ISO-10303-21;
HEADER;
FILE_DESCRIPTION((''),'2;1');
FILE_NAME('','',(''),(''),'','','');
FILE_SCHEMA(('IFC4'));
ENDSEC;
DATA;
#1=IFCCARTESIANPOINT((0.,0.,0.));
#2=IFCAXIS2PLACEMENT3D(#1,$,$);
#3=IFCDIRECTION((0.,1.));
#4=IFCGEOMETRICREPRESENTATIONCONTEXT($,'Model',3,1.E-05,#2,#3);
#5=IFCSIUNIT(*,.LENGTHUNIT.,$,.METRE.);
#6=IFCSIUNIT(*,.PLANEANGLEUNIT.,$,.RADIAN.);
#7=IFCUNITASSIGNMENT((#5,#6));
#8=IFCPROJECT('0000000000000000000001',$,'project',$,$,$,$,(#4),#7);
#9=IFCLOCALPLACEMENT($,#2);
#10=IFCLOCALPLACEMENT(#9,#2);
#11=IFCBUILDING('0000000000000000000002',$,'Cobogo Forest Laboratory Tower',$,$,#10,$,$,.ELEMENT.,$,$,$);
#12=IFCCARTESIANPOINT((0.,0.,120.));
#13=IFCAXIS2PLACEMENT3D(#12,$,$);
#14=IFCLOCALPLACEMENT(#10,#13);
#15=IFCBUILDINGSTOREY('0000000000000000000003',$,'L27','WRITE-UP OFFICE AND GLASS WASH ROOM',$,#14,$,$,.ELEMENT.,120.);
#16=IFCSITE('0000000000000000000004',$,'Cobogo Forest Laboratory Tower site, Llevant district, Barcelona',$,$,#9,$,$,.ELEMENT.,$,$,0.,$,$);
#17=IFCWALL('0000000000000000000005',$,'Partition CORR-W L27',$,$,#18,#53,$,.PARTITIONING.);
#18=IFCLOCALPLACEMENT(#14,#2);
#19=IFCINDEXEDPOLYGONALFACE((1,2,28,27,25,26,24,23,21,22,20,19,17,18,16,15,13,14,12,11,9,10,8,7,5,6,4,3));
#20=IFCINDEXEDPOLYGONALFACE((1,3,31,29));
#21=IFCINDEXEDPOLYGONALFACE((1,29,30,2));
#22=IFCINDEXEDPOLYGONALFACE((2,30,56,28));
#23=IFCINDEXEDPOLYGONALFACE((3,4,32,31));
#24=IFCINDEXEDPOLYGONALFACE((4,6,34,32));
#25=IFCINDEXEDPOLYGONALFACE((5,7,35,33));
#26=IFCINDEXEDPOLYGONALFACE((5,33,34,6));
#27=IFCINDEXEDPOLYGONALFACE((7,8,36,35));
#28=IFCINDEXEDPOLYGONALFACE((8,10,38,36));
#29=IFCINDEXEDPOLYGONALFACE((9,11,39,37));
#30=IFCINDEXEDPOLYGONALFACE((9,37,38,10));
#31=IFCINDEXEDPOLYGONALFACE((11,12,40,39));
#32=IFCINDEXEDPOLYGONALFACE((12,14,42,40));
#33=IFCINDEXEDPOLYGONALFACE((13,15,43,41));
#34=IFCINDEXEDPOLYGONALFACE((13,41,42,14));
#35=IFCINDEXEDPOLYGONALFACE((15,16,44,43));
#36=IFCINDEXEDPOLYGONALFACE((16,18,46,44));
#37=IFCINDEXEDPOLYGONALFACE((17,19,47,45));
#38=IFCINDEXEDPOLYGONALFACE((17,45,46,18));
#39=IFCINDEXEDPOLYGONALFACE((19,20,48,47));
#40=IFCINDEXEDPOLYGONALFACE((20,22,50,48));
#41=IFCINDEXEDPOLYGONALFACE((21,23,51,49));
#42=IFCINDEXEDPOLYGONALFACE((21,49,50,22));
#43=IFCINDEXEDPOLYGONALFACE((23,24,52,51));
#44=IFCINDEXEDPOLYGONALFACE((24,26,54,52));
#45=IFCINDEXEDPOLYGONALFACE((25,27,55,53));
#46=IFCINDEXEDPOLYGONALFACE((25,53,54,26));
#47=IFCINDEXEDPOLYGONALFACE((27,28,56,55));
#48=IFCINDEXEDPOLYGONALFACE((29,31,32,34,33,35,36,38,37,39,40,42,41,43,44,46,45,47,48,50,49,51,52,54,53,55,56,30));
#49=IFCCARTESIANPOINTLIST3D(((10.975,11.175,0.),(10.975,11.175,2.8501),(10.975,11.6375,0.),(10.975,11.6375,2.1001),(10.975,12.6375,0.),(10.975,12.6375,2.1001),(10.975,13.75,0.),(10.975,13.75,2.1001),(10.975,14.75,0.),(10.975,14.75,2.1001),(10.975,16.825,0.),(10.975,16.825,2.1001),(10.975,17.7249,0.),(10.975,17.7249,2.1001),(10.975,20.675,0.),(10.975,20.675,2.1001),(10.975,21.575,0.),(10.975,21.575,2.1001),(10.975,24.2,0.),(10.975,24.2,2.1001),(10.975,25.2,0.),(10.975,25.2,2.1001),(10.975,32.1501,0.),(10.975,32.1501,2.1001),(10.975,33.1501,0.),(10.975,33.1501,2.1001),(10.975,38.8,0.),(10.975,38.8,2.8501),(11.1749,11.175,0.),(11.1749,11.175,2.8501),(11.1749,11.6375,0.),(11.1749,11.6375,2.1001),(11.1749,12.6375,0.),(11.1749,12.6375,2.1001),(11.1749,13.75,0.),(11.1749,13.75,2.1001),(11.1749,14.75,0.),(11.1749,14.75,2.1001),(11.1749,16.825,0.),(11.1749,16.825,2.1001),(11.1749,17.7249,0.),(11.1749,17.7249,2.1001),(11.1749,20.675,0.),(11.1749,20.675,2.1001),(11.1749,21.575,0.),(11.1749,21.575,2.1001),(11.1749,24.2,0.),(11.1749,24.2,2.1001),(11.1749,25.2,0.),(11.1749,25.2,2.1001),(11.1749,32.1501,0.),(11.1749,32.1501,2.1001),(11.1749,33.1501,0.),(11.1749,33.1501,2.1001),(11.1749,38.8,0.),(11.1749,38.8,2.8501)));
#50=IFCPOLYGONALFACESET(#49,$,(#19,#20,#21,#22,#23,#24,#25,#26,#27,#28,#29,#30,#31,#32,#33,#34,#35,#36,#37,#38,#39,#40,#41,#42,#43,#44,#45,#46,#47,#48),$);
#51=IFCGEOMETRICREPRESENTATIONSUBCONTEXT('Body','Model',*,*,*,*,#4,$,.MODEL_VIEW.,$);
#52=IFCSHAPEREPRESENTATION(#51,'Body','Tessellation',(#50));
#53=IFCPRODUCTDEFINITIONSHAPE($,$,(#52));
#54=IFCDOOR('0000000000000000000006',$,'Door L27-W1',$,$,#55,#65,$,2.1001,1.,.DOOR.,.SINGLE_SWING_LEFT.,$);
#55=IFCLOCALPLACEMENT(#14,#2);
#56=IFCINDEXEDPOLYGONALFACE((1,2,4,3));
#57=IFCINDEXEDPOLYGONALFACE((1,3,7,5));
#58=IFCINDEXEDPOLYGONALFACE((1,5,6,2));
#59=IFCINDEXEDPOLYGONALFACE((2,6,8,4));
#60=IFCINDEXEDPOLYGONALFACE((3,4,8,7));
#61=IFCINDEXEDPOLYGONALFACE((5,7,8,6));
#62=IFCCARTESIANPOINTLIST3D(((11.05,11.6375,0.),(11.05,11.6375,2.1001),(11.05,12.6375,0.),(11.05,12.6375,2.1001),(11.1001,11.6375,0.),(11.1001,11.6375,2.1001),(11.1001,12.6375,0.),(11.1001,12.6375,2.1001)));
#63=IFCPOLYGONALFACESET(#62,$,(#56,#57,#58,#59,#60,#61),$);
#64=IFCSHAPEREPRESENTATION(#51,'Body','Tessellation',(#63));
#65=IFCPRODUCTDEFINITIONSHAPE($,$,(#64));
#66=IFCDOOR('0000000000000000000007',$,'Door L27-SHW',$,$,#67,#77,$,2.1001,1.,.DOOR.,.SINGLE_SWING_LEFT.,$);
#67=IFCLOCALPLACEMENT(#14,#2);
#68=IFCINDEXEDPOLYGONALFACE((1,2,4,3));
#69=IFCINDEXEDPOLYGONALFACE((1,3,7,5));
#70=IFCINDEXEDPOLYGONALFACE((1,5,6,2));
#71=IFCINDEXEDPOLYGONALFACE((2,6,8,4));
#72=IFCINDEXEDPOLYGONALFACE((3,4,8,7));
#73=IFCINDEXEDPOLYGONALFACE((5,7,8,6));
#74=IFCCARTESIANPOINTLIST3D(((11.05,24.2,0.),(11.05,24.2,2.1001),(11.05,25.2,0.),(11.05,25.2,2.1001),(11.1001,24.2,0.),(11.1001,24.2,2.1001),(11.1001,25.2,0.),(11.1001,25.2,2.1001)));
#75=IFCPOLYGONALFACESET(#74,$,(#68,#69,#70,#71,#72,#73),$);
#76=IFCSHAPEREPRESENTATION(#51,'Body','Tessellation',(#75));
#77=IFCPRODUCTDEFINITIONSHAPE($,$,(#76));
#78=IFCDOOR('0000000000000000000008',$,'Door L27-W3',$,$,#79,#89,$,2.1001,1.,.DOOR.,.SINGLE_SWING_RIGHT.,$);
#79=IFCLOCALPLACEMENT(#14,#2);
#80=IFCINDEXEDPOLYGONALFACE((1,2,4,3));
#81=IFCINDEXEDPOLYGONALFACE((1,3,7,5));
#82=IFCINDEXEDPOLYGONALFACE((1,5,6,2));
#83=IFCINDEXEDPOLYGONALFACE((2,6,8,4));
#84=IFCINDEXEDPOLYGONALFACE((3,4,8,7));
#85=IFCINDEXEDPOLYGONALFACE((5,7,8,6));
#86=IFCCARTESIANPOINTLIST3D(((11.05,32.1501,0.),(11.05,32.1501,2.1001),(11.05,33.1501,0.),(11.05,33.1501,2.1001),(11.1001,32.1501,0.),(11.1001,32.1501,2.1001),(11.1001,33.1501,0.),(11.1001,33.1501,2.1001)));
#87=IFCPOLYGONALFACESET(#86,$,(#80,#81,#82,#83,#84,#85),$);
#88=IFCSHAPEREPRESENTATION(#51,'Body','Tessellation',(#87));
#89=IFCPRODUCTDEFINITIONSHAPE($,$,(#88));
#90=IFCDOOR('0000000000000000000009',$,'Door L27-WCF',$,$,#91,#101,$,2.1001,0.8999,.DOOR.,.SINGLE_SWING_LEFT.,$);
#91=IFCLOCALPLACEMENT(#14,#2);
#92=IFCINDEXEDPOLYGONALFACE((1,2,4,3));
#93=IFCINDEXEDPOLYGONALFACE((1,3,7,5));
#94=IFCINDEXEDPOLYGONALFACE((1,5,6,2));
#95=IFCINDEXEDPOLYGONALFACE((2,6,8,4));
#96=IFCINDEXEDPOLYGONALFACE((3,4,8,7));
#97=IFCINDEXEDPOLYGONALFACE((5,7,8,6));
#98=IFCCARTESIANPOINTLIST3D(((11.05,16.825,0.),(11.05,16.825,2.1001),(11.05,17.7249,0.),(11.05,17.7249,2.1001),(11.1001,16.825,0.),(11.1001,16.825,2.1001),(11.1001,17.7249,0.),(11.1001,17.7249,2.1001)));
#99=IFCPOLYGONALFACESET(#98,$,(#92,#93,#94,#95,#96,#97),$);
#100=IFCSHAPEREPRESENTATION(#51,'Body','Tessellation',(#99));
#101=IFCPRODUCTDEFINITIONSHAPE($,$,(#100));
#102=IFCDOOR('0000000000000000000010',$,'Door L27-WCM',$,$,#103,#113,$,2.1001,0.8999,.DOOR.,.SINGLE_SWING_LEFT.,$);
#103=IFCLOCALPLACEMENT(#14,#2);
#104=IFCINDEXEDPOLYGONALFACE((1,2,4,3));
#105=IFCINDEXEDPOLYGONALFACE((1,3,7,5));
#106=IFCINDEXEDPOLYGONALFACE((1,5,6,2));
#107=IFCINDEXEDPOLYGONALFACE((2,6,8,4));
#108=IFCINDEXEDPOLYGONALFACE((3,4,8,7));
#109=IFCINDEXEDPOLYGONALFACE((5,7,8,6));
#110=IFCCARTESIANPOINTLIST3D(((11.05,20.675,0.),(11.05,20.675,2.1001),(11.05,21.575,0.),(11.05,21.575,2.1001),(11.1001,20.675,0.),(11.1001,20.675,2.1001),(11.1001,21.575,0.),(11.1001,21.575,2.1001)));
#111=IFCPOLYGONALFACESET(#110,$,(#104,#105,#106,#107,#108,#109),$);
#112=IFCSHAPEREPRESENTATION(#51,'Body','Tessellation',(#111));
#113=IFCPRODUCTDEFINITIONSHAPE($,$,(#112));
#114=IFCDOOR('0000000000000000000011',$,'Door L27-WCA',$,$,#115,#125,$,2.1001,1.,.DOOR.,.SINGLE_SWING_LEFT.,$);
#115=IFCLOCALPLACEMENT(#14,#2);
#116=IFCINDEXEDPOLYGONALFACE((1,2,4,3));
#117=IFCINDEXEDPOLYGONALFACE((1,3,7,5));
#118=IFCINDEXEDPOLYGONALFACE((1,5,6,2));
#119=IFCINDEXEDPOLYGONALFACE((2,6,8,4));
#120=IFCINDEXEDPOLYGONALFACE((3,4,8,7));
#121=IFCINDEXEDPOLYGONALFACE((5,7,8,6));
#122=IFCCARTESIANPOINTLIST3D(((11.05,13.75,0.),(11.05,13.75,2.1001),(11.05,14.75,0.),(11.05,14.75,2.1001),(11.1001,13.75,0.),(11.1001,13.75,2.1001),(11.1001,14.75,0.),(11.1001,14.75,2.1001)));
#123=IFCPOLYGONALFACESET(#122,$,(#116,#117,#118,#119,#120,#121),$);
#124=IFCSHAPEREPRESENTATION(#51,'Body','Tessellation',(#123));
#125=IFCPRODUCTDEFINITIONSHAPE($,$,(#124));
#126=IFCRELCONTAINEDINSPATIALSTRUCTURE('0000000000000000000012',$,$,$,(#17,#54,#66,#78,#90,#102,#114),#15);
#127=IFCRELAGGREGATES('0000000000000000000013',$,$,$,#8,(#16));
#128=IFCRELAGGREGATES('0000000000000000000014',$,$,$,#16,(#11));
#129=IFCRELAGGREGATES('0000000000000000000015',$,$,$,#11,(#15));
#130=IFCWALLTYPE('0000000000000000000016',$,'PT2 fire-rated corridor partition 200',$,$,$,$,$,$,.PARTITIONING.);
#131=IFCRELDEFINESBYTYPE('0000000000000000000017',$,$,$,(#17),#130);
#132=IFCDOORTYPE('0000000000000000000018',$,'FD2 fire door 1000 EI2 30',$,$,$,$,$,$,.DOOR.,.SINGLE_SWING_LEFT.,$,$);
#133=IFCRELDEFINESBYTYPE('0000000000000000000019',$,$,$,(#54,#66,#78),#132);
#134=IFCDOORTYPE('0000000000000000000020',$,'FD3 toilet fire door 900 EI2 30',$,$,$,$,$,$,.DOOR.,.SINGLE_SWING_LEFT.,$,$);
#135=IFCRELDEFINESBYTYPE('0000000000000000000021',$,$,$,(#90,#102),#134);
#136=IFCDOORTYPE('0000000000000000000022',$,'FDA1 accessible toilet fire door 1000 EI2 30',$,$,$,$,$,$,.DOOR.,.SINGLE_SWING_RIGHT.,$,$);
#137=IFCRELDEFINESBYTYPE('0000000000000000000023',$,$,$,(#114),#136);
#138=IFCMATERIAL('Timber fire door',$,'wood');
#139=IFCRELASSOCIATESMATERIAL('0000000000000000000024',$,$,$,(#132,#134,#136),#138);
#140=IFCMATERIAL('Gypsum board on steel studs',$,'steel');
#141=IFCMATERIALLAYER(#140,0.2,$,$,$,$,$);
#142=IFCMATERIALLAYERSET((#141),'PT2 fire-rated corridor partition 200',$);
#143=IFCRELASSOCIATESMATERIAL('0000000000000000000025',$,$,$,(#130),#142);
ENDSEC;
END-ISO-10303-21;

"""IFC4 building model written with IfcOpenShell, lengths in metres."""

from ifc_helpers import new_model, si_unit, direction, frame, frame_2d, origin, place, context, subcontext, project, spatial, rectangle, extrude, material, layer, layer_set, type_object, element, fill, save


model = new_model("IFC4")

# Units and contexts
model_context = context("Model", 3, precision=1e-05, world=origin(), true_north=direction((0.0, 1.0)))
body_context = subcontext(model_context, "Body", "Model", "MODEL_VIEW")
ifc_project = project(units=[si_unit("LENGTHUNIT", "METRE"), si_unit("PLANEANGLEUNIT", "RADIAN")], contexts=[model_context])

# Site, building, storey
site_placement = place(None, origin())
site = spatial("IfcSite", under=ifc_project, at=site_placement, Name="Cobogo Forest Laboratory Tower site, Llevant district, Barcelona", CompositionType="ELEMENT", RefElevation=0.0)
building_placement = place(site_placement, origin())
building = spatial("IfcBuilding", under=site, at=building_placement, Name="Cobogo Forest Laboratory Tower", CompositionType="ELEMENT")
storey_placement = place(building_placement, frame((0.0, 0.0, 120.0)))
storey = spatial("IfcBuildingStorey", under=building, at=storey_placement, Name="L27", Description="WRITE-UP OFFICE AND GLASS WASH ROOM", CompositionType="ELEMENT", Elevation=120.0)

# Shared definitions
ifc_material_1 = material(Name="Gypsum board on steel studs", Category="steel")

# Shared definitions
ifc_material_2 = material(Name="Timber fire door", Category="wood")
door_type_1 = type_object("IfcDoorType", Name="FD2 fire door 1000 EI2 30", OperationType="SINGLE_SWING_LEFT", PredefinedType="DOOR", material=ifc_material_2)

# Wall, openings, doors
ifc_layer_1 = layer(ifc_material_1, 0.2)
ifc_layer_set_1 = layer_set([ifc_layer_1], Name="PT2 fire-rated corridor partition 200")
wall_type_1 = type_object("IfcWallType", Name="PT2 fire-rated corridor partition 200", PredefinedType="PARTITIONING", material=ifc_layer_set_1)
wall_1_placement = place(storey_placement, frame((11.075, 11.175, 0.0), z_axis=(0.0, 0.0, 1.0), x_axis=(0.0, 1.0, 0.0)))
wall_1 = element("IfcWall", 1, at=wall_1_placement, inside=storey, type_object=wall_type_1, Name="Partition CORR-W L27", PredefinedType="PARTITIONING", context=body_context, shape_type="SweptSolid", body=[
    extrude(rectangle(XDim=27.625, YDim=0.2, at=frame_2d((13.8125, 0.0))), origin(), (0.0, 0.0, 1.0), 2.8501),
])
opening_1_placement = place(wall_1_placement, frame((0.4624, 0.0, 0.0)))
opening_1 = element("IfcOpeningElement", 2, at=opening_1_placement, cuts=wall_1, PredefinedType="OPENING", context=body_context, shape_type="SweptSolid", body=[
    extrude(rectangle(XDim=1.0, YDim=2.1001, at=frame_2d((0.5, 1.05))), frame((0.0, 0.1099, 0.0), z_axis=(0.0, -1.0, 0.0), x_axis=(1.0, 0.0, 0.0)), (0.0, 0.0, 1.0), 0.22),
])
opening_2_placement = place(wall_1_placement, frame((2.575, 0.0, 0.0)))
opening_2 = element("IfcOpeningElement", 3, at=opening_2_placement, cuts=wall_1, PredefinedType="OPENING", context=body_context, shape_type="SweptSolid", body=[
    extrude(rectangle(XDim=1.0, YDim=2.1001, at=frame_2d((0.5, 1.05))), frame((0.0, 0.1099, 0.0), z_axis=(0.0, -1.0, 0.0), x_axis=(1.0, 0.0, 0.0)), (0.0, 0.0, 1.0), 0.22),
])
opening_3_placement = place(wall_1_placement, frame((5.6499, 0.0, 0.0)))
opening_3 = element("IfcOpeningElement", 4, at=opening_3_placement, cuts=wall_1, PredefinedType="OPENING", context=body_context, shape_type="SweptSolid", body=[
    extrude(rectangle(XDim=0.8999, YDim=2.1001, at=frame_2d((0.45, 1.05))), frame((0.0, 0.1099, 0.0), z_axis=(0.0, -1.0, 0.0), x_axis=(1.0, 0.0, 0.0)), (0.0, 0.0, 1.0), 0.22),
])
opening_4_placement = place(wall_1_placement, frame((9.5, 0.0, 0.0)))
opening_4 = element("IfcOpeningElement", 5, at=opening_4_placement, cuts=wall_1, PredefinedType="OPENING", context=body_context, shape_type="SweptSolid", body=[
    extrude(rectangle(XDim=0.8999, YDim=2.1001, at=frame_2d((0.45, 1.05))), frame((0.0, 0.1099, 0.0), z_axis=(0.0, -1.0, 0.0), x_axis=(1.0, 0.0, 0.0)), (0.0, 0.0, 1.0), 0.22),
])
opening_5_placement = place(wall_1_placement, frame((13.0249, 0.0, 0.0)))
opening_5 = element("IfcOpeningElement", 6, at=opening_5_placement, cuts=wall_1, PredefinedType="OPENING", context=body_context, shape_type="SweptSolid", body=[
    extrude(rectangle(XDim=1.0, YDim=2.1001, at=frame_2d((0.5, 1.05))), frame((0.0, 0.1099, 0.0), z_axis=(0.0, -1.0, 0.0), x_axis=(1.0, 0.0, 0.0)), (0.0, 0.0, 1.0), 0.22),
])
opening_6_placement = place(wall_1_placement, frame((20.9751, 0.0, 0.0)))
opening_6 = element("IfcOpeningElement", 7, at=opening_6_placement, cuts=wall_1, PredefinedType="OPENING", context=body_context, shape_type="SweptSolid", body=[
    extrude(rectangle(XDim=1.0, YDim=2.1001, at=frame_2d((0.5, 1.05))), frame((0.0, 0.1099, 0.0), z_axis=(0.0, -1.0, 0.0), x_axis=(1.0, 0.0, 0.0)), (0.0, 0.0, 1.0), 0.22),
])
door_1_placement = place(opening_1_placement, origin())
door_1 = element("IfcDoor", 8, at=door_1_placement, inside=storey, type_object=door_type_1, Name="Door L27-W1", OperationType="SINGLE_SWING_LEFT", OverallHeight=2.1001, OverallWidth=1.0, PredefinedType="DOOR", context=body_context, shape_type="SweptSolid", body=[
    extrude(rectangle(XDim=1.0, YDim=2.1001, at=frame_2d((0.5, 1.05))), frame((0.0, 0.0249, 0.0), z_axis=(0.0, -1.0, 0.0), x_axis=(1.0, 0.0, 0.0)), (0.0, 0.0, 1.0), 0.05),
])
fill(opening_1, door_1)
door_2_placement = place(opening_5_placement, origin())
door_2 = element("IfcDoor", 9, at=door_2_placement, inside=storey, type_object=door_type_1, Name="Door L27-SHW", OperationType="SINGLE_SWING_LEFT", OverallHeight=2.1001, OverallWidth=1.0, PredefinedType="DOOR", context=body_context, shape_type="SweptSolid", body=[
    extrude(rectangle(XDim=1.0, YDim=2.1001, at=frame_2d((0.5, 1.05))), frame((0.0, 0.0249, 0.0), z_axis=(0.0, -1.0, 0.0), x_axis=(1.0, 0.0, 0.0)), (0.0, 0.0, 1.0), 0.05),
])
fill(opening_5, door_2)
door_3_placement = place(opening_6_placement, origin())
door_3 = element("IfcDoor", 10, at=door_3_placement, inside=storey, type_object=door_type_1, Name="Door L27-W3", OperationType="SINGLE_SWING_RIGHT", OverallHeight=2.1001, OverallWidth=1.0, PredefinedType="DOOR", context=body_context, shape_type="SweptSolid", body=[
    extrude(rectangle(XDim=1.0, YDim=2.1001, at=frame_2d((0.5, 1.05))), frame((0.0, 0.0249, 0.0), z_axis=(0.0, -1.0, 0.0), x_axis=(1.0, 0.0, 0.0)), (0.0, 0.0, 1.0), 0.05),
])
fill(opening_6, door_3)
door_type_2 = type_object("IfcDoorType", Name="FD3 toilet fire door 900 EI2 30", OperationType="SINGLE_SWING_LEFT", PredefinedType="DOOR", material=ifc_material_2)
door_4_placement = place(opening_3_placement, origin())
door_4 = element("IfcDoor", 11, at=door_4_placement, inside=storey, type_object=door_type_2, Name="Door L27-WCF", OperationType="SINGLE_SWING_LEFT", OverallHeight=2.1001, OverallWidth=0.8999, PredefinedType="DOOR", context=body_context, shape_type="SweptSolid", body=[
    extrude(rectangle(XDim=0.8999, YDim=2.1001, at=frame_2d((0.45, 1.05))), frame((0.0, 0.0249, 0.0), z_axis=(0.0, -1.0, 0.0), x_axis=(1.0, 0.0, 0.0)), (0.0, 0.0, 1.0), 0.05),
])
fill(opening_3, door_4)
door_5_placement = place(opening_4_placement, origin())
door_5 = element("IfcDoor", 12, at=door_5_placement, inside=storey, type_object=door_type_2, Name="Door L27-WCM", OperationType="SINGLE_SWING_LEFT", OverallHeight=2.1001, OverallWidth=0.8999, PredefinedType="DOOR", context=body_context, shape_type="SweptSolid", body=[
    extrude(rectangle(XDim=0.8999, YDim=2.1001, at=frame_2d((0.45, 1.05))), frame((0.0, 0.0249, 0.0), z_axis=(0.0, -1.0, 0.0), x_axis=(1.0, 0.0, 0.0)), (0.0, 0.0, 1.0), 0.05),
])
fill(opening_4, door_5)
door_type_3 = type_object("IfcDoorType", Name="FDA1 accessible toilet fire door 1000 EI2 30", OperationType="SINGLE_SWING_RIGHT", PredefinedType="DOOR", material=ifc_material_2)
door_6_placement = place(opening_2_placement, origin())
door_6 = element("IfcDoor", 13, at=door_6_placement, inside=storey, type_object=door_type_3, Name="Door L27-WCA", OperationType="SINGLE_SWING_LEFT", OverallHeight=2.1001, OverallWidth=1.0, PredefinedType="DOOR", context=body_context, shape_type="SweptSolid", body=[
    extrude(rectangle(XDim=1.0, YDim=2.1001, at=frame_2d((0.5, 1.05))), frame((0.0, 0.0249, 0.0), z_axis=(0.0, -1.0, 0.0), x_axis=(1.0, 0.0, 0.0)), (0.0, 0.0, 1.0), 0.05),
])
fill(opening_2, door_6)

save(model, "model.ifc")
